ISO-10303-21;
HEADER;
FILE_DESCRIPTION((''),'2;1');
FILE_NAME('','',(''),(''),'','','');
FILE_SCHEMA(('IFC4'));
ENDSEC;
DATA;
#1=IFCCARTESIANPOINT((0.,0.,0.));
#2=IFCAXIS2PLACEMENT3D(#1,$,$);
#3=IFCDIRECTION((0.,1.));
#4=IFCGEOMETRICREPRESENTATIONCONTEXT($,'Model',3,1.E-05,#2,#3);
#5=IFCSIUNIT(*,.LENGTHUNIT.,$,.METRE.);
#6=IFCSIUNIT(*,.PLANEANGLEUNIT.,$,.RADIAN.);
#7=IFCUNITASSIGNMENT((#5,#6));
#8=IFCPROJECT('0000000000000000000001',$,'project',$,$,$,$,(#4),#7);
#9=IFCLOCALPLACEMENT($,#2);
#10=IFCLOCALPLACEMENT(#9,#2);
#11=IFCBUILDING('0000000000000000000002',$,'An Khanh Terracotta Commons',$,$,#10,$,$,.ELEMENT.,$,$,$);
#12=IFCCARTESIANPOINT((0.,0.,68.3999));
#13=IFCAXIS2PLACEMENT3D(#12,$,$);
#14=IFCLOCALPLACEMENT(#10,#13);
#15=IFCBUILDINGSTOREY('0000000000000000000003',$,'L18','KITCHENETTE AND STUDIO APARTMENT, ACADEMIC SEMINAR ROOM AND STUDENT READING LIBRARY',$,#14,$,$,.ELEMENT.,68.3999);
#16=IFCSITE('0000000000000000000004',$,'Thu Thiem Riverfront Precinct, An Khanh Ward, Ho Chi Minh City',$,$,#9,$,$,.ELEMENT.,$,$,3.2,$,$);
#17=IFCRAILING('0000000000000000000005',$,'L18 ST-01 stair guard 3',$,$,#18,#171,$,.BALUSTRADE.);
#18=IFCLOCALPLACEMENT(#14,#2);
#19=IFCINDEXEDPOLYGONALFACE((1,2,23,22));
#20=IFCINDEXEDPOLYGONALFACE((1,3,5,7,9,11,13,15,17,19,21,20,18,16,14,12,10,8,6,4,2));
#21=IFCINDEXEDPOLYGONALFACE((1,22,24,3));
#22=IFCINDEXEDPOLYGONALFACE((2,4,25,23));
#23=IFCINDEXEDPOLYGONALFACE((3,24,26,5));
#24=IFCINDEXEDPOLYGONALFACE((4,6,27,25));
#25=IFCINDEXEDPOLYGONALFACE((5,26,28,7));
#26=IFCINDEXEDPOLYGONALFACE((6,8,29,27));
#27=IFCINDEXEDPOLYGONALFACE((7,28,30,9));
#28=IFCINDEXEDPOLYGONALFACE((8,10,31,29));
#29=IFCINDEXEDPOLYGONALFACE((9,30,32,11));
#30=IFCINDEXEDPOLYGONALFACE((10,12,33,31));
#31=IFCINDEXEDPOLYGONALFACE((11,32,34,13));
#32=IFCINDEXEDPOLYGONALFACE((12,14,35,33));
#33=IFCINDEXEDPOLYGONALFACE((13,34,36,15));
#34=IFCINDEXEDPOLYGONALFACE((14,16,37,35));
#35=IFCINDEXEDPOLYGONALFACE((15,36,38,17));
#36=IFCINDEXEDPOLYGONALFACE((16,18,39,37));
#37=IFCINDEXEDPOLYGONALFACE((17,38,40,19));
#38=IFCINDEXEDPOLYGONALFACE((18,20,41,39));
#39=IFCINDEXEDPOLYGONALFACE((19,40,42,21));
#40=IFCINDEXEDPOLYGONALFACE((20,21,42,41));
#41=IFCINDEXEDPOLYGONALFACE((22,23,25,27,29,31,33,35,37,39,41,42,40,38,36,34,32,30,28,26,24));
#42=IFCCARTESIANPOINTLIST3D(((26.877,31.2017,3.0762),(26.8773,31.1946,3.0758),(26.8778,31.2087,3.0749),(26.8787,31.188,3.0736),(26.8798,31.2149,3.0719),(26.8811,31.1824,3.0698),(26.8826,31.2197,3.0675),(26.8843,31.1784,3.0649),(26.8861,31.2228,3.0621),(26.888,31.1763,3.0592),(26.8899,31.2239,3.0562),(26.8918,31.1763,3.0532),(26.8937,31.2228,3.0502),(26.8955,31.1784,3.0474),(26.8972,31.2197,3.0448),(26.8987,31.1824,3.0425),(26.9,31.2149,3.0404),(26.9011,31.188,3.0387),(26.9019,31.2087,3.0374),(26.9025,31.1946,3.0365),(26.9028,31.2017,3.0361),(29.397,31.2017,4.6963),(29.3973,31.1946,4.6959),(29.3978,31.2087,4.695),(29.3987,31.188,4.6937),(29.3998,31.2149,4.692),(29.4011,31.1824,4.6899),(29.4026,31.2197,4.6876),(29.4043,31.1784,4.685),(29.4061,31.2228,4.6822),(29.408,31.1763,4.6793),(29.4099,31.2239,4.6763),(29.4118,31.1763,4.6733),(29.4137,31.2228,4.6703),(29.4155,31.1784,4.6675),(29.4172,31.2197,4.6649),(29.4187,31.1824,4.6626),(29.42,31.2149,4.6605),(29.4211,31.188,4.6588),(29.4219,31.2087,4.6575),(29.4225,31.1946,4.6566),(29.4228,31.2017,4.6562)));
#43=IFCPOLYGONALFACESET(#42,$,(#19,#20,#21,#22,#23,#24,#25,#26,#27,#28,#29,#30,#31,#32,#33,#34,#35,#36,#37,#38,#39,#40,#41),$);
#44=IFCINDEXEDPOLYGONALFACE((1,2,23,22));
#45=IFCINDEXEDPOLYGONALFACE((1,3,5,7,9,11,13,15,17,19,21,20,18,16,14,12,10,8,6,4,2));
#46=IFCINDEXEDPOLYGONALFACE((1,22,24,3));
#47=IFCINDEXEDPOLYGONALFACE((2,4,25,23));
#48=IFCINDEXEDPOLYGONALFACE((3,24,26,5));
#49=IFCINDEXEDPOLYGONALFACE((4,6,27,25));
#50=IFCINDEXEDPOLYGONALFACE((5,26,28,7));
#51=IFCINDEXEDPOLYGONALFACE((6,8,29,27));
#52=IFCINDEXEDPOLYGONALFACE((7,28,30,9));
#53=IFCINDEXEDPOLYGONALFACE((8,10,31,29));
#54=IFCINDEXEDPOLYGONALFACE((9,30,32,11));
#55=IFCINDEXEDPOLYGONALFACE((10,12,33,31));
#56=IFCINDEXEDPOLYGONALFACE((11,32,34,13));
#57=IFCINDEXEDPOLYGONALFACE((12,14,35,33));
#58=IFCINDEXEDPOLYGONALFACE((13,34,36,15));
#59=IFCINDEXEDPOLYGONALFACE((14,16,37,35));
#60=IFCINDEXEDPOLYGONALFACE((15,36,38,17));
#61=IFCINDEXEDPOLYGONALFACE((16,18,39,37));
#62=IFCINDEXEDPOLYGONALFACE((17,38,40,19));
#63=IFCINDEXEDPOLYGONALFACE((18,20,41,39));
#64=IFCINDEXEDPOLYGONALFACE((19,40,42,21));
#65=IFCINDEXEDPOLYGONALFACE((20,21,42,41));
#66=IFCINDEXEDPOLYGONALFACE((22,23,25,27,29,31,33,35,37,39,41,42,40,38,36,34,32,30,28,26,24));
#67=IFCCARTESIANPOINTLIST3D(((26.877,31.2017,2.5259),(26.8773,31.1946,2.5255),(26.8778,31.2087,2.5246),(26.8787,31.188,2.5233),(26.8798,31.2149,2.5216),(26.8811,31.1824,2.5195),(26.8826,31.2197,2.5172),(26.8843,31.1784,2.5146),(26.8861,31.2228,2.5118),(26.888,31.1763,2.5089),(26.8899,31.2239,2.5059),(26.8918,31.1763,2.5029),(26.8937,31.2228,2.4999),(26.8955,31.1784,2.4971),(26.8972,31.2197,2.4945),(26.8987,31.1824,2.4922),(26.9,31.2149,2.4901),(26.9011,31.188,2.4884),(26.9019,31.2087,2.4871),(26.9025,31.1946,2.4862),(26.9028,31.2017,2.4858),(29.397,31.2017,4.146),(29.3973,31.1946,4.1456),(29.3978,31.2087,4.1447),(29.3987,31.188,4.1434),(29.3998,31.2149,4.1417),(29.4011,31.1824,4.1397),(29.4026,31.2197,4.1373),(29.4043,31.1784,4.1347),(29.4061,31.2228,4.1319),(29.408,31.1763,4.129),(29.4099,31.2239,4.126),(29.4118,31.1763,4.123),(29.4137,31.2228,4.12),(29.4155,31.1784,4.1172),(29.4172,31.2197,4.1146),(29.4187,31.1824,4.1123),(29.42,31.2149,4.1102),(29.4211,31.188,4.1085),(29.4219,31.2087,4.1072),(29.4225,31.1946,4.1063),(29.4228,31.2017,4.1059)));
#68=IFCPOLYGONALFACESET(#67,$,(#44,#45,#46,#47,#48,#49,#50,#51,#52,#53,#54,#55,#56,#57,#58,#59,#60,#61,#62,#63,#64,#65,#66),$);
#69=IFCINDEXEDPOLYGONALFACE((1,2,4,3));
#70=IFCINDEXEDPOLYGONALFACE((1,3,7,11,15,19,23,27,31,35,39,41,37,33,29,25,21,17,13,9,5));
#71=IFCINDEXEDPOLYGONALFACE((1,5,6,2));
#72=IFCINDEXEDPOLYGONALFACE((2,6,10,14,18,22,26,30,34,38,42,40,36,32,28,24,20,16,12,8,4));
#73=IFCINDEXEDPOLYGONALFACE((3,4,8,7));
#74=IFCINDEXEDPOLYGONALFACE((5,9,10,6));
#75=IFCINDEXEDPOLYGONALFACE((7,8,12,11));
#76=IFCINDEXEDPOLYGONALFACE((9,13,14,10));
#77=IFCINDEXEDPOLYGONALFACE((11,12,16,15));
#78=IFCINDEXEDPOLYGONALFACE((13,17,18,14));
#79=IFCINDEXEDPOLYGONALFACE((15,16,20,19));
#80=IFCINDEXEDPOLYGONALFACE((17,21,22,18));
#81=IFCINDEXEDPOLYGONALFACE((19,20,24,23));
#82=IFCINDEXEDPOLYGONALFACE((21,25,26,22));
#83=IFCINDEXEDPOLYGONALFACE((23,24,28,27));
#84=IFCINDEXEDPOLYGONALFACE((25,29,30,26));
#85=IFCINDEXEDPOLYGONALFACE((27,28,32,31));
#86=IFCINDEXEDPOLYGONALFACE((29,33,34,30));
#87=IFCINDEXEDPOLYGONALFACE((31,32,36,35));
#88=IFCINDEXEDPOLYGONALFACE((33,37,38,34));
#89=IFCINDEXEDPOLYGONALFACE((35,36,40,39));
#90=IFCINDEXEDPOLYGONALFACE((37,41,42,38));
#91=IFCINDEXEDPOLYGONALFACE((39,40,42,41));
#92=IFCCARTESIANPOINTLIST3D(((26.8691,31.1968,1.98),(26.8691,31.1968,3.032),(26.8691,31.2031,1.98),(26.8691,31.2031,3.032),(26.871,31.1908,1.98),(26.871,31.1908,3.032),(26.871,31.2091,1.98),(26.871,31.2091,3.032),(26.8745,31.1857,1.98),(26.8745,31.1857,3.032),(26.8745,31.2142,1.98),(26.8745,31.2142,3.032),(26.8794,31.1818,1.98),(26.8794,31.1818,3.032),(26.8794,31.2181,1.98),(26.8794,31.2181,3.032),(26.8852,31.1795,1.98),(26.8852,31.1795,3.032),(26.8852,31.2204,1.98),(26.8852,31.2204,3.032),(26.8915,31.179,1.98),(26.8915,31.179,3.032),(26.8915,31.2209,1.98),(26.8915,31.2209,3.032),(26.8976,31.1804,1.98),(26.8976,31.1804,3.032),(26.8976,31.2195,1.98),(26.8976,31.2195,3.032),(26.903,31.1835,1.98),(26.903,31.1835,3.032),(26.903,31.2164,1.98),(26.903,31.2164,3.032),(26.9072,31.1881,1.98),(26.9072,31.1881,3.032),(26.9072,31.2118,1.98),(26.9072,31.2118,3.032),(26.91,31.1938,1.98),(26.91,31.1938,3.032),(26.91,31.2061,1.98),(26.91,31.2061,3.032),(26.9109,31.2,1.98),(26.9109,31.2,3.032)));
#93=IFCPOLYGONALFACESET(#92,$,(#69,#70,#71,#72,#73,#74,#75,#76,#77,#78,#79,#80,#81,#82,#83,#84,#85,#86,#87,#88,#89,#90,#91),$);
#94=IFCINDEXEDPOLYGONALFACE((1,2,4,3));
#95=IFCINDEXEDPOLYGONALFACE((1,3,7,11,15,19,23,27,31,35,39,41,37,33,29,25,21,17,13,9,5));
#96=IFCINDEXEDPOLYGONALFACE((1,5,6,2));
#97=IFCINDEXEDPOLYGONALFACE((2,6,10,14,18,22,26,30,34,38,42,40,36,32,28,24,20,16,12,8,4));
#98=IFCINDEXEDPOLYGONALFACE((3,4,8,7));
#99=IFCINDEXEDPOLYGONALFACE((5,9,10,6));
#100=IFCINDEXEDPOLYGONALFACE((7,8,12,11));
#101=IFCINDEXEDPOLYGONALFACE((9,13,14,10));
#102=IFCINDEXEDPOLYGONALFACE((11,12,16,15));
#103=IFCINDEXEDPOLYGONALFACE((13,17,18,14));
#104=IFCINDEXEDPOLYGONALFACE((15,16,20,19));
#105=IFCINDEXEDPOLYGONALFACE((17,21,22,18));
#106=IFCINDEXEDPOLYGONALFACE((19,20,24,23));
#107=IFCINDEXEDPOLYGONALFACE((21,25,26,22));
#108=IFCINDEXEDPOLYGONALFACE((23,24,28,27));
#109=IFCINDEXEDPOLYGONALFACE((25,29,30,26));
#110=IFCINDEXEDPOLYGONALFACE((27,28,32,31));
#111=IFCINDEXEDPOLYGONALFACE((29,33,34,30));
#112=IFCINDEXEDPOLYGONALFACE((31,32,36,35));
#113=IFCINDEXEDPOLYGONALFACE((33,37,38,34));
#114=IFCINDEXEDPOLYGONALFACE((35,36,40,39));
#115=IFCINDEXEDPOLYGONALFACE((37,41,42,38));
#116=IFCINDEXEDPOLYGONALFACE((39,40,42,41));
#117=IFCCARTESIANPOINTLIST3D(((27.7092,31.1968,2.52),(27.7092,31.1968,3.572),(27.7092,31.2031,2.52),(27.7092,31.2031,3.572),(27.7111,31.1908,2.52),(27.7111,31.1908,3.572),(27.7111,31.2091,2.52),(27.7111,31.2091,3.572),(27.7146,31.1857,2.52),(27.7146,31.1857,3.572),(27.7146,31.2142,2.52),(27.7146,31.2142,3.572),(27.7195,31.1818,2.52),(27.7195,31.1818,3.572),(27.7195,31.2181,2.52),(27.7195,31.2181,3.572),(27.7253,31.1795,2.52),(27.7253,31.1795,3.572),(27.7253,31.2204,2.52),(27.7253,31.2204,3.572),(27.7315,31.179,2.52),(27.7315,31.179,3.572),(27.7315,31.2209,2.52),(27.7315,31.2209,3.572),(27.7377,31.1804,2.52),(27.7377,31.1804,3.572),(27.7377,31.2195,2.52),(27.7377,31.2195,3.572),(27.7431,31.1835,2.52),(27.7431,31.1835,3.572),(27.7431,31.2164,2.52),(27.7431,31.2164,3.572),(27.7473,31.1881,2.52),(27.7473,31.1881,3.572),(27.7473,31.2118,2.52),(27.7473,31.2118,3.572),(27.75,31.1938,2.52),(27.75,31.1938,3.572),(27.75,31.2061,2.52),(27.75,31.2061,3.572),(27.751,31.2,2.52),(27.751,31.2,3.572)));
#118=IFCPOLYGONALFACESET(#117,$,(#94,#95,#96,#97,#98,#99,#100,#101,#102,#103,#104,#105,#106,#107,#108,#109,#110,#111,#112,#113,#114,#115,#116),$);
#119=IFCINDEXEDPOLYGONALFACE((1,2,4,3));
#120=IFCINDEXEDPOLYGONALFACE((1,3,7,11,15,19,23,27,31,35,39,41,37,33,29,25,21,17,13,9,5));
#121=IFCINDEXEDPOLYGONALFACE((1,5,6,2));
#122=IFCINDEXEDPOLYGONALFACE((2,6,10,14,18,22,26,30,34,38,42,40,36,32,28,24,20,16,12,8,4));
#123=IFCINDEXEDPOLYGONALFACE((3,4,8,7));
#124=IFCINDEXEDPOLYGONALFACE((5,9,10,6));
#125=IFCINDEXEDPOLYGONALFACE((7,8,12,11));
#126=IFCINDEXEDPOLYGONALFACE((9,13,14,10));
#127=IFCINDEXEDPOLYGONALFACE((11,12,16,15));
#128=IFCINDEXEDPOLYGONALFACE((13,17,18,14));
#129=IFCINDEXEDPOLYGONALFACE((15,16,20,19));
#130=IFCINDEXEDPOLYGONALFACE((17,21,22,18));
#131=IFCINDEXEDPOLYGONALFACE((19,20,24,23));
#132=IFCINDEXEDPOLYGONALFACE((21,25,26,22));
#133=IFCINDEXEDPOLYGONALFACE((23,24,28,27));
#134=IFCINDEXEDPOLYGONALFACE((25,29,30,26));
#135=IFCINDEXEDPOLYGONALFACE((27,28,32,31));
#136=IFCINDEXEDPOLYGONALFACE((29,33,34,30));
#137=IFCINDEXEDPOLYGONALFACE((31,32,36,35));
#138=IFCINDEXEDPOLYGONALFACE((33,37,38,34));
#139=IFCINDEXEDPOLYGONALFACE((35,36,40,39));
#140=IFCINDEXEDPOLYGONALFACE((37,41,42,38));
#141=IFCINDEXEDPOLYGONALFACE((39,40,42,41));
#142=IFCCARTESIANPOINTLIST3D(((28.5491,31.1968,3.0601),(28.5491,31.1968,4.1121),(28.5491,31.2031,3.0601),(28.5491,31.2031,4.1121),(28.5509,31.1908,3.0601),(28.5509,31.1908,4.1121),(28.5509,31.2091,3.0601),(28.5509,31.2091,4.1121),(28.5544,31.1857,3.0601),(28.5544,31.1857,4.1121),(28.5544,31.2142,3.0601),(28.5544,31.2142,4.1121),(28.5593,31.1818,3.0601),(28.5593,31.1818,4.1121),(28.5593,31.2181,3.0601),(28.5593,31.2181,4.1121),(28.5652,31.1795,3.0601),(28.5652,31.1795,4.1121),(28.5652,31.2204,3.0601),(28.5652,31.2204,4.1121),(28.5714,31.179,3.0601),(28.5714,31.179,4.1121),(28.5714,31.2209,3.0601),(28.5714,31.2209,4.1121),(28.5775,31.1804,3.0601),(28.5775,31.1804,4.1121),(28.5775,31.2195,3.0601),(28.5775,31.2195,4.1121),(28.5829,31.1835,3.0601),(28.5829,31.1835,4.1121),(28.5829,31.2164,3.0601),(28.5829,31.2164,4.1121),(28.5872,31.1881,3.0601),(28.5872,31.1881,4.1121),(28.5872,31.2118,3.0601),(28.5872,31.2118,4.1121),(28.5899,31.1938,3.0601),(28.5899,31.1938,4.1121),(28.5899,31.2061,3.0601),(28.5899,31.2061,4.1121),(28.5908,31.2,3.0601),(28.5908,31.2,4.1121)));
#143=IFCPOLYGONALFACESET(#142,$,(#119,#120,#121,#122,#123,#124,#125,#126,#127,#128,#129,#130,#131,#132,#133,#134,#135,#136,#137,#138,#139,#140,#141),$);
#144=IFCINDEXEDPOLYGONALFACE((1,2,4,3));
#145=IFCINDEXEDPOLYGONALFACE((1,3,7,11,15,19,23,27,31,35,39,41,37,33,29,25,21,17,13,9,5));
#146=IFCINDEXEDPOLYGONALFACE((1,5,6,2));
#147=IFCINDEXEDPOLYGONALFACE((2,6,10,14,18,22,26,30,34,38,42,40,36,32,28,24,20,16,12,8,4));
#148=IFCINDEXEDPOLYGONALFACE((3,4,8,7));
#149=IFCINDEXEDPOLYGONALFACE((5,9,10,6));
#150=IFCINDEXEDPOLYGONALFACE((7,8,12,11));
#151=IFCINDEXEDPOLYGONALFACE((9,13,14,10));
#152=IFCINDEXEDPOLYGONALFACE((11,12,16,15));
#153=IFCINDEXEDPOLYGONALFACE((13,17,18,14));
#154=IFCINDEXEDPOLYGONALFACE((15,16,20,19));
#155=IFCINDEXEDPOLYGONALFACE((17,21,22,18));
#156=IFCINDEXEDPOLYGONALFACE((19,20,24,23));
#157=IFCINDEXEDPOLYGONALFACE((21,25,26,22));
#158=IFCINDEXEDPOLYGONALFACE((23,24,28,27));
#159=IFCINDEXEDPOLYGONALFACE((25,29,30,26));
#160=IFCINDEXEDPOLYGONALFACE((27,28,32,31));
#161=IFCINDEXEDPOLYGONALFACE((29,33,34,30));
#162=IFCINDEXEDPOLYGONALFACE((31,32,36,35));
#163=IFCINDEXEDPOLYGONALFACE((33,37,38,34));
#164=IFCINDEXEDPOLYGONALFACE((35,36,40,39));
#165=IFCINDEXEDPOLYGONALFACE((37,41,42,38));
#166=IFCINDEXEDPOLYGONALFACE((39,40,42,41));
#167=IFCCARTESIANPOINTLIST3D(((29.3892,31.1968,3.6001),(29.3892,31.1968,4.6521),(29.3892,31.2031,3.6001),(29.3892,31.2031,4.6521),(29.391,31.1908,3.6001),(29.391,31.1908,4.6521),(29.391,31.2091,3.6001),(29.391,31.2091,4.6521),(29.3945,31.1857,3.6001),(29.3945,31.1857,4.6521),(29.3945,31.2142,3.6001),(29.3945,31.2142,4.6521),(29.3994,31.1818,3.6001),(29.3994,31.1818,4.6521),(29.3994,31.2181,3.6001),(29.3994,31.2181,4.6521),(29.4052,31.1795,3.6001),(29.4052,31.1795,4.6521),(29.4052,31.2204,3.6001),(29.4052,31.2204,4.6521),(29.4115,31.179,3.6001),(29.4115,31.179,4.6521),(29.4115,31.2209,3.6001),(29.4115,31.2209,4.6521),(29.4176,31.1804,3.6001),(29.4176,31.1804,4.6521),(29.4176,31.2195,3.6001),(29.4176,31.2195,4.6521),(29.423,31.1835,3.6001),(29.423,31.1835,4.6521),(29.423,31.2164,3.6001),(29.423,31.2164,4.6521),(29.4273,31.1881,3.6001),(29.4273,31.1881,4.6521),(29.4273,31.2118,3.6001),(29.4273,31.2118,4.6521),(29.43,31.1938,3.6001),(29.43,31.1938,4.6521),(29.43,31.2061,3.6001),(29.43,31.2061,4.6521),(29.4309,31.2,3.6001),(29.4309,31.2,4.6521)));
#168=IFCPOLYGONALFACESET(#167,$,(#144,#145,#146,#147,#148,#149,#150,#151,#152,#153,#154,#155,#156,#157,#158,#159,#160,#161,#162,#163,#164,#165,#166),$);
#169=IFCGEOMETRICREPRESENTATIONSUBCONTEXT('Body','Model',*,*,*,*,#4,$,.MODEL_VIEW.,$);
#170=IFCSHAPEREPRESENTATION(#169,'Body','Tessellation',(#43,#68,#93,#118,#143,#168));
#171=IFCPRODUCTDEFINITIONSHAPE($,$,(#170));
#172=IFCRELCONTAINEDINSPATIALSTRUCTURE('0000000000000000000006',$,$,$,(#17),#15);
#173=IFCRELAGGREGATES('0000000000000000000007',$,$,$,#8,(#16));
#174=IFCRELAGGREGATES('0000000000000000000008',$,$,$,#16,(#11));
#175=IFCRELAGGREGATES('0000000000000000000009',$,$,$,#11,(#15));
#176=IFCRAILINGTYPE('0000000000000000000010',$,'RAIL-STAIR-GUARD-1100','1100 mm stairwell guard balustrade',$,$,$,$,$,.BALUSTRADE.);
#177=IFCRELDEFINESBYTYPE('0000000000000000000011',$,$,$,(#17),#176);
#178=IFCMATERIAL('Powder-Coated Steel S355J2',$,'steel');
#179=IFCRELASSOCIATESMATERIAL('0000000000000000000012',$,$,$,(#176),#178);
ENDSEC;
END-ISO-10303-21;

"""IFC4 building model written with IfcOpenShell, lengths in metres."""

from ifc_helpers import new_model, si_unit, direction, frame, origin, origin_2d, place, context, subcontext, project, spatial, circle, extrude, material, type_object, element, save


model = new_model("IFC4")

# Units and contexts
model_context = context("Model", 3, precision=1e-05, world=origin(), true_north=direction((0.0, 1.0)))
body_context = subcontext(model_context, "Body", "Model", "MODEL_VIEW")
ifc_project = project(units=[si_unit("LENGTHUNIT", "METRE"), si_unit("PLANEANGLEUNIT", "RADIAN")], contexts=[model_context])

# Site, building, storey
site_placement = place(None, origin())
site = spatial("IfcSite", under=ifc_project, at=site_placement, Name="Thu Thiem Riverfront Precinct, An Khanh Ward, Ho Chi Minh City", CompositionType="ELEMENT", RefElevation=3.2)
building_placement = place(site_placement, origin())
building = spatial("IfcBuilding", under=site, at=building_placement, Name="An Khanh Terracotta Commons", CompositionType="ELEMENT")
storey_placement = place(building_placement, frame((0.0, 0.0, 68.3999)))
storey = spatial("IfcBuildingStorey", under=building, at=storey_placement, Name="L18", Description="KITCHENETTE AND STUDIO APARTMENT, ACADEMIC SEMINAR ROOM AND STUDENT READING LIBRARY", CompositionType="ELEMENT", Elevation=68.3999)

# Railing
ifc_material_1 = material(Name="Powder-Coated Steel S355J2", Category="steel")
railing_type_1 = type_object("IfcRailingType", Name="RAIL-STAIR-GUARD-1100", Description="1100 mm stairwell guard balustrade", PredefinedType="BALUSTRADE", material=ifc_material_1)
railing_1_placement = place(storey_placement, frame((26.8899, 31.2, 1.98)))
element("IfcRailing", 1, at=railing_1_placement, inside=storey, type_object=railing_type_1, Name="L18 ST-01 stair guard 3", PredefinedType="BALUSTRADE", context=body_context, shape_type="SweptSolid", body=[
    extrude(circle(Radius=0.0239, at=origin_2d()), frame((0.0, 0.0, 1.0762), z_axis=(0.841163, 0.0, 0.540782), x_axis=(0.0, 1.0, 0.0)), (0.0, 0.0, 1.0), 2.9958),
    extrude(circle(Radius=0.0239, at=origin_2d()), frame((0.0, 0.0, 0.5259), z_axis=(0.841163, 0.0, 0.540782), x_axis=(0.0, 1.0, 0.0)), (0.0, 0.0, 1.0), 2.9958),
    extrude(circle(Radius=0.021, at=origin_2d()), origin(), (0.0, 0.0, 1.0), 1.052),
    extrude(circle(Radius=0.021, at=origin_2d()), frame((0.8401, 0.0, 0.54)), (0.0, 0.0, 1.0), 1.052),
    extrude(circle(Radius=0.021, at=origin_2d()), frame((1.6799, 0.0, 1.0801)), (0.0, 0.0, 1.0), 1.052),
    extrude(circle(Radius=0.021, at=origin_2d()), frame((2.52, 0.0, 1.6201)), (0.0, 0.0, 1.0), 1.052),
])

save(model, "model.ifc")
